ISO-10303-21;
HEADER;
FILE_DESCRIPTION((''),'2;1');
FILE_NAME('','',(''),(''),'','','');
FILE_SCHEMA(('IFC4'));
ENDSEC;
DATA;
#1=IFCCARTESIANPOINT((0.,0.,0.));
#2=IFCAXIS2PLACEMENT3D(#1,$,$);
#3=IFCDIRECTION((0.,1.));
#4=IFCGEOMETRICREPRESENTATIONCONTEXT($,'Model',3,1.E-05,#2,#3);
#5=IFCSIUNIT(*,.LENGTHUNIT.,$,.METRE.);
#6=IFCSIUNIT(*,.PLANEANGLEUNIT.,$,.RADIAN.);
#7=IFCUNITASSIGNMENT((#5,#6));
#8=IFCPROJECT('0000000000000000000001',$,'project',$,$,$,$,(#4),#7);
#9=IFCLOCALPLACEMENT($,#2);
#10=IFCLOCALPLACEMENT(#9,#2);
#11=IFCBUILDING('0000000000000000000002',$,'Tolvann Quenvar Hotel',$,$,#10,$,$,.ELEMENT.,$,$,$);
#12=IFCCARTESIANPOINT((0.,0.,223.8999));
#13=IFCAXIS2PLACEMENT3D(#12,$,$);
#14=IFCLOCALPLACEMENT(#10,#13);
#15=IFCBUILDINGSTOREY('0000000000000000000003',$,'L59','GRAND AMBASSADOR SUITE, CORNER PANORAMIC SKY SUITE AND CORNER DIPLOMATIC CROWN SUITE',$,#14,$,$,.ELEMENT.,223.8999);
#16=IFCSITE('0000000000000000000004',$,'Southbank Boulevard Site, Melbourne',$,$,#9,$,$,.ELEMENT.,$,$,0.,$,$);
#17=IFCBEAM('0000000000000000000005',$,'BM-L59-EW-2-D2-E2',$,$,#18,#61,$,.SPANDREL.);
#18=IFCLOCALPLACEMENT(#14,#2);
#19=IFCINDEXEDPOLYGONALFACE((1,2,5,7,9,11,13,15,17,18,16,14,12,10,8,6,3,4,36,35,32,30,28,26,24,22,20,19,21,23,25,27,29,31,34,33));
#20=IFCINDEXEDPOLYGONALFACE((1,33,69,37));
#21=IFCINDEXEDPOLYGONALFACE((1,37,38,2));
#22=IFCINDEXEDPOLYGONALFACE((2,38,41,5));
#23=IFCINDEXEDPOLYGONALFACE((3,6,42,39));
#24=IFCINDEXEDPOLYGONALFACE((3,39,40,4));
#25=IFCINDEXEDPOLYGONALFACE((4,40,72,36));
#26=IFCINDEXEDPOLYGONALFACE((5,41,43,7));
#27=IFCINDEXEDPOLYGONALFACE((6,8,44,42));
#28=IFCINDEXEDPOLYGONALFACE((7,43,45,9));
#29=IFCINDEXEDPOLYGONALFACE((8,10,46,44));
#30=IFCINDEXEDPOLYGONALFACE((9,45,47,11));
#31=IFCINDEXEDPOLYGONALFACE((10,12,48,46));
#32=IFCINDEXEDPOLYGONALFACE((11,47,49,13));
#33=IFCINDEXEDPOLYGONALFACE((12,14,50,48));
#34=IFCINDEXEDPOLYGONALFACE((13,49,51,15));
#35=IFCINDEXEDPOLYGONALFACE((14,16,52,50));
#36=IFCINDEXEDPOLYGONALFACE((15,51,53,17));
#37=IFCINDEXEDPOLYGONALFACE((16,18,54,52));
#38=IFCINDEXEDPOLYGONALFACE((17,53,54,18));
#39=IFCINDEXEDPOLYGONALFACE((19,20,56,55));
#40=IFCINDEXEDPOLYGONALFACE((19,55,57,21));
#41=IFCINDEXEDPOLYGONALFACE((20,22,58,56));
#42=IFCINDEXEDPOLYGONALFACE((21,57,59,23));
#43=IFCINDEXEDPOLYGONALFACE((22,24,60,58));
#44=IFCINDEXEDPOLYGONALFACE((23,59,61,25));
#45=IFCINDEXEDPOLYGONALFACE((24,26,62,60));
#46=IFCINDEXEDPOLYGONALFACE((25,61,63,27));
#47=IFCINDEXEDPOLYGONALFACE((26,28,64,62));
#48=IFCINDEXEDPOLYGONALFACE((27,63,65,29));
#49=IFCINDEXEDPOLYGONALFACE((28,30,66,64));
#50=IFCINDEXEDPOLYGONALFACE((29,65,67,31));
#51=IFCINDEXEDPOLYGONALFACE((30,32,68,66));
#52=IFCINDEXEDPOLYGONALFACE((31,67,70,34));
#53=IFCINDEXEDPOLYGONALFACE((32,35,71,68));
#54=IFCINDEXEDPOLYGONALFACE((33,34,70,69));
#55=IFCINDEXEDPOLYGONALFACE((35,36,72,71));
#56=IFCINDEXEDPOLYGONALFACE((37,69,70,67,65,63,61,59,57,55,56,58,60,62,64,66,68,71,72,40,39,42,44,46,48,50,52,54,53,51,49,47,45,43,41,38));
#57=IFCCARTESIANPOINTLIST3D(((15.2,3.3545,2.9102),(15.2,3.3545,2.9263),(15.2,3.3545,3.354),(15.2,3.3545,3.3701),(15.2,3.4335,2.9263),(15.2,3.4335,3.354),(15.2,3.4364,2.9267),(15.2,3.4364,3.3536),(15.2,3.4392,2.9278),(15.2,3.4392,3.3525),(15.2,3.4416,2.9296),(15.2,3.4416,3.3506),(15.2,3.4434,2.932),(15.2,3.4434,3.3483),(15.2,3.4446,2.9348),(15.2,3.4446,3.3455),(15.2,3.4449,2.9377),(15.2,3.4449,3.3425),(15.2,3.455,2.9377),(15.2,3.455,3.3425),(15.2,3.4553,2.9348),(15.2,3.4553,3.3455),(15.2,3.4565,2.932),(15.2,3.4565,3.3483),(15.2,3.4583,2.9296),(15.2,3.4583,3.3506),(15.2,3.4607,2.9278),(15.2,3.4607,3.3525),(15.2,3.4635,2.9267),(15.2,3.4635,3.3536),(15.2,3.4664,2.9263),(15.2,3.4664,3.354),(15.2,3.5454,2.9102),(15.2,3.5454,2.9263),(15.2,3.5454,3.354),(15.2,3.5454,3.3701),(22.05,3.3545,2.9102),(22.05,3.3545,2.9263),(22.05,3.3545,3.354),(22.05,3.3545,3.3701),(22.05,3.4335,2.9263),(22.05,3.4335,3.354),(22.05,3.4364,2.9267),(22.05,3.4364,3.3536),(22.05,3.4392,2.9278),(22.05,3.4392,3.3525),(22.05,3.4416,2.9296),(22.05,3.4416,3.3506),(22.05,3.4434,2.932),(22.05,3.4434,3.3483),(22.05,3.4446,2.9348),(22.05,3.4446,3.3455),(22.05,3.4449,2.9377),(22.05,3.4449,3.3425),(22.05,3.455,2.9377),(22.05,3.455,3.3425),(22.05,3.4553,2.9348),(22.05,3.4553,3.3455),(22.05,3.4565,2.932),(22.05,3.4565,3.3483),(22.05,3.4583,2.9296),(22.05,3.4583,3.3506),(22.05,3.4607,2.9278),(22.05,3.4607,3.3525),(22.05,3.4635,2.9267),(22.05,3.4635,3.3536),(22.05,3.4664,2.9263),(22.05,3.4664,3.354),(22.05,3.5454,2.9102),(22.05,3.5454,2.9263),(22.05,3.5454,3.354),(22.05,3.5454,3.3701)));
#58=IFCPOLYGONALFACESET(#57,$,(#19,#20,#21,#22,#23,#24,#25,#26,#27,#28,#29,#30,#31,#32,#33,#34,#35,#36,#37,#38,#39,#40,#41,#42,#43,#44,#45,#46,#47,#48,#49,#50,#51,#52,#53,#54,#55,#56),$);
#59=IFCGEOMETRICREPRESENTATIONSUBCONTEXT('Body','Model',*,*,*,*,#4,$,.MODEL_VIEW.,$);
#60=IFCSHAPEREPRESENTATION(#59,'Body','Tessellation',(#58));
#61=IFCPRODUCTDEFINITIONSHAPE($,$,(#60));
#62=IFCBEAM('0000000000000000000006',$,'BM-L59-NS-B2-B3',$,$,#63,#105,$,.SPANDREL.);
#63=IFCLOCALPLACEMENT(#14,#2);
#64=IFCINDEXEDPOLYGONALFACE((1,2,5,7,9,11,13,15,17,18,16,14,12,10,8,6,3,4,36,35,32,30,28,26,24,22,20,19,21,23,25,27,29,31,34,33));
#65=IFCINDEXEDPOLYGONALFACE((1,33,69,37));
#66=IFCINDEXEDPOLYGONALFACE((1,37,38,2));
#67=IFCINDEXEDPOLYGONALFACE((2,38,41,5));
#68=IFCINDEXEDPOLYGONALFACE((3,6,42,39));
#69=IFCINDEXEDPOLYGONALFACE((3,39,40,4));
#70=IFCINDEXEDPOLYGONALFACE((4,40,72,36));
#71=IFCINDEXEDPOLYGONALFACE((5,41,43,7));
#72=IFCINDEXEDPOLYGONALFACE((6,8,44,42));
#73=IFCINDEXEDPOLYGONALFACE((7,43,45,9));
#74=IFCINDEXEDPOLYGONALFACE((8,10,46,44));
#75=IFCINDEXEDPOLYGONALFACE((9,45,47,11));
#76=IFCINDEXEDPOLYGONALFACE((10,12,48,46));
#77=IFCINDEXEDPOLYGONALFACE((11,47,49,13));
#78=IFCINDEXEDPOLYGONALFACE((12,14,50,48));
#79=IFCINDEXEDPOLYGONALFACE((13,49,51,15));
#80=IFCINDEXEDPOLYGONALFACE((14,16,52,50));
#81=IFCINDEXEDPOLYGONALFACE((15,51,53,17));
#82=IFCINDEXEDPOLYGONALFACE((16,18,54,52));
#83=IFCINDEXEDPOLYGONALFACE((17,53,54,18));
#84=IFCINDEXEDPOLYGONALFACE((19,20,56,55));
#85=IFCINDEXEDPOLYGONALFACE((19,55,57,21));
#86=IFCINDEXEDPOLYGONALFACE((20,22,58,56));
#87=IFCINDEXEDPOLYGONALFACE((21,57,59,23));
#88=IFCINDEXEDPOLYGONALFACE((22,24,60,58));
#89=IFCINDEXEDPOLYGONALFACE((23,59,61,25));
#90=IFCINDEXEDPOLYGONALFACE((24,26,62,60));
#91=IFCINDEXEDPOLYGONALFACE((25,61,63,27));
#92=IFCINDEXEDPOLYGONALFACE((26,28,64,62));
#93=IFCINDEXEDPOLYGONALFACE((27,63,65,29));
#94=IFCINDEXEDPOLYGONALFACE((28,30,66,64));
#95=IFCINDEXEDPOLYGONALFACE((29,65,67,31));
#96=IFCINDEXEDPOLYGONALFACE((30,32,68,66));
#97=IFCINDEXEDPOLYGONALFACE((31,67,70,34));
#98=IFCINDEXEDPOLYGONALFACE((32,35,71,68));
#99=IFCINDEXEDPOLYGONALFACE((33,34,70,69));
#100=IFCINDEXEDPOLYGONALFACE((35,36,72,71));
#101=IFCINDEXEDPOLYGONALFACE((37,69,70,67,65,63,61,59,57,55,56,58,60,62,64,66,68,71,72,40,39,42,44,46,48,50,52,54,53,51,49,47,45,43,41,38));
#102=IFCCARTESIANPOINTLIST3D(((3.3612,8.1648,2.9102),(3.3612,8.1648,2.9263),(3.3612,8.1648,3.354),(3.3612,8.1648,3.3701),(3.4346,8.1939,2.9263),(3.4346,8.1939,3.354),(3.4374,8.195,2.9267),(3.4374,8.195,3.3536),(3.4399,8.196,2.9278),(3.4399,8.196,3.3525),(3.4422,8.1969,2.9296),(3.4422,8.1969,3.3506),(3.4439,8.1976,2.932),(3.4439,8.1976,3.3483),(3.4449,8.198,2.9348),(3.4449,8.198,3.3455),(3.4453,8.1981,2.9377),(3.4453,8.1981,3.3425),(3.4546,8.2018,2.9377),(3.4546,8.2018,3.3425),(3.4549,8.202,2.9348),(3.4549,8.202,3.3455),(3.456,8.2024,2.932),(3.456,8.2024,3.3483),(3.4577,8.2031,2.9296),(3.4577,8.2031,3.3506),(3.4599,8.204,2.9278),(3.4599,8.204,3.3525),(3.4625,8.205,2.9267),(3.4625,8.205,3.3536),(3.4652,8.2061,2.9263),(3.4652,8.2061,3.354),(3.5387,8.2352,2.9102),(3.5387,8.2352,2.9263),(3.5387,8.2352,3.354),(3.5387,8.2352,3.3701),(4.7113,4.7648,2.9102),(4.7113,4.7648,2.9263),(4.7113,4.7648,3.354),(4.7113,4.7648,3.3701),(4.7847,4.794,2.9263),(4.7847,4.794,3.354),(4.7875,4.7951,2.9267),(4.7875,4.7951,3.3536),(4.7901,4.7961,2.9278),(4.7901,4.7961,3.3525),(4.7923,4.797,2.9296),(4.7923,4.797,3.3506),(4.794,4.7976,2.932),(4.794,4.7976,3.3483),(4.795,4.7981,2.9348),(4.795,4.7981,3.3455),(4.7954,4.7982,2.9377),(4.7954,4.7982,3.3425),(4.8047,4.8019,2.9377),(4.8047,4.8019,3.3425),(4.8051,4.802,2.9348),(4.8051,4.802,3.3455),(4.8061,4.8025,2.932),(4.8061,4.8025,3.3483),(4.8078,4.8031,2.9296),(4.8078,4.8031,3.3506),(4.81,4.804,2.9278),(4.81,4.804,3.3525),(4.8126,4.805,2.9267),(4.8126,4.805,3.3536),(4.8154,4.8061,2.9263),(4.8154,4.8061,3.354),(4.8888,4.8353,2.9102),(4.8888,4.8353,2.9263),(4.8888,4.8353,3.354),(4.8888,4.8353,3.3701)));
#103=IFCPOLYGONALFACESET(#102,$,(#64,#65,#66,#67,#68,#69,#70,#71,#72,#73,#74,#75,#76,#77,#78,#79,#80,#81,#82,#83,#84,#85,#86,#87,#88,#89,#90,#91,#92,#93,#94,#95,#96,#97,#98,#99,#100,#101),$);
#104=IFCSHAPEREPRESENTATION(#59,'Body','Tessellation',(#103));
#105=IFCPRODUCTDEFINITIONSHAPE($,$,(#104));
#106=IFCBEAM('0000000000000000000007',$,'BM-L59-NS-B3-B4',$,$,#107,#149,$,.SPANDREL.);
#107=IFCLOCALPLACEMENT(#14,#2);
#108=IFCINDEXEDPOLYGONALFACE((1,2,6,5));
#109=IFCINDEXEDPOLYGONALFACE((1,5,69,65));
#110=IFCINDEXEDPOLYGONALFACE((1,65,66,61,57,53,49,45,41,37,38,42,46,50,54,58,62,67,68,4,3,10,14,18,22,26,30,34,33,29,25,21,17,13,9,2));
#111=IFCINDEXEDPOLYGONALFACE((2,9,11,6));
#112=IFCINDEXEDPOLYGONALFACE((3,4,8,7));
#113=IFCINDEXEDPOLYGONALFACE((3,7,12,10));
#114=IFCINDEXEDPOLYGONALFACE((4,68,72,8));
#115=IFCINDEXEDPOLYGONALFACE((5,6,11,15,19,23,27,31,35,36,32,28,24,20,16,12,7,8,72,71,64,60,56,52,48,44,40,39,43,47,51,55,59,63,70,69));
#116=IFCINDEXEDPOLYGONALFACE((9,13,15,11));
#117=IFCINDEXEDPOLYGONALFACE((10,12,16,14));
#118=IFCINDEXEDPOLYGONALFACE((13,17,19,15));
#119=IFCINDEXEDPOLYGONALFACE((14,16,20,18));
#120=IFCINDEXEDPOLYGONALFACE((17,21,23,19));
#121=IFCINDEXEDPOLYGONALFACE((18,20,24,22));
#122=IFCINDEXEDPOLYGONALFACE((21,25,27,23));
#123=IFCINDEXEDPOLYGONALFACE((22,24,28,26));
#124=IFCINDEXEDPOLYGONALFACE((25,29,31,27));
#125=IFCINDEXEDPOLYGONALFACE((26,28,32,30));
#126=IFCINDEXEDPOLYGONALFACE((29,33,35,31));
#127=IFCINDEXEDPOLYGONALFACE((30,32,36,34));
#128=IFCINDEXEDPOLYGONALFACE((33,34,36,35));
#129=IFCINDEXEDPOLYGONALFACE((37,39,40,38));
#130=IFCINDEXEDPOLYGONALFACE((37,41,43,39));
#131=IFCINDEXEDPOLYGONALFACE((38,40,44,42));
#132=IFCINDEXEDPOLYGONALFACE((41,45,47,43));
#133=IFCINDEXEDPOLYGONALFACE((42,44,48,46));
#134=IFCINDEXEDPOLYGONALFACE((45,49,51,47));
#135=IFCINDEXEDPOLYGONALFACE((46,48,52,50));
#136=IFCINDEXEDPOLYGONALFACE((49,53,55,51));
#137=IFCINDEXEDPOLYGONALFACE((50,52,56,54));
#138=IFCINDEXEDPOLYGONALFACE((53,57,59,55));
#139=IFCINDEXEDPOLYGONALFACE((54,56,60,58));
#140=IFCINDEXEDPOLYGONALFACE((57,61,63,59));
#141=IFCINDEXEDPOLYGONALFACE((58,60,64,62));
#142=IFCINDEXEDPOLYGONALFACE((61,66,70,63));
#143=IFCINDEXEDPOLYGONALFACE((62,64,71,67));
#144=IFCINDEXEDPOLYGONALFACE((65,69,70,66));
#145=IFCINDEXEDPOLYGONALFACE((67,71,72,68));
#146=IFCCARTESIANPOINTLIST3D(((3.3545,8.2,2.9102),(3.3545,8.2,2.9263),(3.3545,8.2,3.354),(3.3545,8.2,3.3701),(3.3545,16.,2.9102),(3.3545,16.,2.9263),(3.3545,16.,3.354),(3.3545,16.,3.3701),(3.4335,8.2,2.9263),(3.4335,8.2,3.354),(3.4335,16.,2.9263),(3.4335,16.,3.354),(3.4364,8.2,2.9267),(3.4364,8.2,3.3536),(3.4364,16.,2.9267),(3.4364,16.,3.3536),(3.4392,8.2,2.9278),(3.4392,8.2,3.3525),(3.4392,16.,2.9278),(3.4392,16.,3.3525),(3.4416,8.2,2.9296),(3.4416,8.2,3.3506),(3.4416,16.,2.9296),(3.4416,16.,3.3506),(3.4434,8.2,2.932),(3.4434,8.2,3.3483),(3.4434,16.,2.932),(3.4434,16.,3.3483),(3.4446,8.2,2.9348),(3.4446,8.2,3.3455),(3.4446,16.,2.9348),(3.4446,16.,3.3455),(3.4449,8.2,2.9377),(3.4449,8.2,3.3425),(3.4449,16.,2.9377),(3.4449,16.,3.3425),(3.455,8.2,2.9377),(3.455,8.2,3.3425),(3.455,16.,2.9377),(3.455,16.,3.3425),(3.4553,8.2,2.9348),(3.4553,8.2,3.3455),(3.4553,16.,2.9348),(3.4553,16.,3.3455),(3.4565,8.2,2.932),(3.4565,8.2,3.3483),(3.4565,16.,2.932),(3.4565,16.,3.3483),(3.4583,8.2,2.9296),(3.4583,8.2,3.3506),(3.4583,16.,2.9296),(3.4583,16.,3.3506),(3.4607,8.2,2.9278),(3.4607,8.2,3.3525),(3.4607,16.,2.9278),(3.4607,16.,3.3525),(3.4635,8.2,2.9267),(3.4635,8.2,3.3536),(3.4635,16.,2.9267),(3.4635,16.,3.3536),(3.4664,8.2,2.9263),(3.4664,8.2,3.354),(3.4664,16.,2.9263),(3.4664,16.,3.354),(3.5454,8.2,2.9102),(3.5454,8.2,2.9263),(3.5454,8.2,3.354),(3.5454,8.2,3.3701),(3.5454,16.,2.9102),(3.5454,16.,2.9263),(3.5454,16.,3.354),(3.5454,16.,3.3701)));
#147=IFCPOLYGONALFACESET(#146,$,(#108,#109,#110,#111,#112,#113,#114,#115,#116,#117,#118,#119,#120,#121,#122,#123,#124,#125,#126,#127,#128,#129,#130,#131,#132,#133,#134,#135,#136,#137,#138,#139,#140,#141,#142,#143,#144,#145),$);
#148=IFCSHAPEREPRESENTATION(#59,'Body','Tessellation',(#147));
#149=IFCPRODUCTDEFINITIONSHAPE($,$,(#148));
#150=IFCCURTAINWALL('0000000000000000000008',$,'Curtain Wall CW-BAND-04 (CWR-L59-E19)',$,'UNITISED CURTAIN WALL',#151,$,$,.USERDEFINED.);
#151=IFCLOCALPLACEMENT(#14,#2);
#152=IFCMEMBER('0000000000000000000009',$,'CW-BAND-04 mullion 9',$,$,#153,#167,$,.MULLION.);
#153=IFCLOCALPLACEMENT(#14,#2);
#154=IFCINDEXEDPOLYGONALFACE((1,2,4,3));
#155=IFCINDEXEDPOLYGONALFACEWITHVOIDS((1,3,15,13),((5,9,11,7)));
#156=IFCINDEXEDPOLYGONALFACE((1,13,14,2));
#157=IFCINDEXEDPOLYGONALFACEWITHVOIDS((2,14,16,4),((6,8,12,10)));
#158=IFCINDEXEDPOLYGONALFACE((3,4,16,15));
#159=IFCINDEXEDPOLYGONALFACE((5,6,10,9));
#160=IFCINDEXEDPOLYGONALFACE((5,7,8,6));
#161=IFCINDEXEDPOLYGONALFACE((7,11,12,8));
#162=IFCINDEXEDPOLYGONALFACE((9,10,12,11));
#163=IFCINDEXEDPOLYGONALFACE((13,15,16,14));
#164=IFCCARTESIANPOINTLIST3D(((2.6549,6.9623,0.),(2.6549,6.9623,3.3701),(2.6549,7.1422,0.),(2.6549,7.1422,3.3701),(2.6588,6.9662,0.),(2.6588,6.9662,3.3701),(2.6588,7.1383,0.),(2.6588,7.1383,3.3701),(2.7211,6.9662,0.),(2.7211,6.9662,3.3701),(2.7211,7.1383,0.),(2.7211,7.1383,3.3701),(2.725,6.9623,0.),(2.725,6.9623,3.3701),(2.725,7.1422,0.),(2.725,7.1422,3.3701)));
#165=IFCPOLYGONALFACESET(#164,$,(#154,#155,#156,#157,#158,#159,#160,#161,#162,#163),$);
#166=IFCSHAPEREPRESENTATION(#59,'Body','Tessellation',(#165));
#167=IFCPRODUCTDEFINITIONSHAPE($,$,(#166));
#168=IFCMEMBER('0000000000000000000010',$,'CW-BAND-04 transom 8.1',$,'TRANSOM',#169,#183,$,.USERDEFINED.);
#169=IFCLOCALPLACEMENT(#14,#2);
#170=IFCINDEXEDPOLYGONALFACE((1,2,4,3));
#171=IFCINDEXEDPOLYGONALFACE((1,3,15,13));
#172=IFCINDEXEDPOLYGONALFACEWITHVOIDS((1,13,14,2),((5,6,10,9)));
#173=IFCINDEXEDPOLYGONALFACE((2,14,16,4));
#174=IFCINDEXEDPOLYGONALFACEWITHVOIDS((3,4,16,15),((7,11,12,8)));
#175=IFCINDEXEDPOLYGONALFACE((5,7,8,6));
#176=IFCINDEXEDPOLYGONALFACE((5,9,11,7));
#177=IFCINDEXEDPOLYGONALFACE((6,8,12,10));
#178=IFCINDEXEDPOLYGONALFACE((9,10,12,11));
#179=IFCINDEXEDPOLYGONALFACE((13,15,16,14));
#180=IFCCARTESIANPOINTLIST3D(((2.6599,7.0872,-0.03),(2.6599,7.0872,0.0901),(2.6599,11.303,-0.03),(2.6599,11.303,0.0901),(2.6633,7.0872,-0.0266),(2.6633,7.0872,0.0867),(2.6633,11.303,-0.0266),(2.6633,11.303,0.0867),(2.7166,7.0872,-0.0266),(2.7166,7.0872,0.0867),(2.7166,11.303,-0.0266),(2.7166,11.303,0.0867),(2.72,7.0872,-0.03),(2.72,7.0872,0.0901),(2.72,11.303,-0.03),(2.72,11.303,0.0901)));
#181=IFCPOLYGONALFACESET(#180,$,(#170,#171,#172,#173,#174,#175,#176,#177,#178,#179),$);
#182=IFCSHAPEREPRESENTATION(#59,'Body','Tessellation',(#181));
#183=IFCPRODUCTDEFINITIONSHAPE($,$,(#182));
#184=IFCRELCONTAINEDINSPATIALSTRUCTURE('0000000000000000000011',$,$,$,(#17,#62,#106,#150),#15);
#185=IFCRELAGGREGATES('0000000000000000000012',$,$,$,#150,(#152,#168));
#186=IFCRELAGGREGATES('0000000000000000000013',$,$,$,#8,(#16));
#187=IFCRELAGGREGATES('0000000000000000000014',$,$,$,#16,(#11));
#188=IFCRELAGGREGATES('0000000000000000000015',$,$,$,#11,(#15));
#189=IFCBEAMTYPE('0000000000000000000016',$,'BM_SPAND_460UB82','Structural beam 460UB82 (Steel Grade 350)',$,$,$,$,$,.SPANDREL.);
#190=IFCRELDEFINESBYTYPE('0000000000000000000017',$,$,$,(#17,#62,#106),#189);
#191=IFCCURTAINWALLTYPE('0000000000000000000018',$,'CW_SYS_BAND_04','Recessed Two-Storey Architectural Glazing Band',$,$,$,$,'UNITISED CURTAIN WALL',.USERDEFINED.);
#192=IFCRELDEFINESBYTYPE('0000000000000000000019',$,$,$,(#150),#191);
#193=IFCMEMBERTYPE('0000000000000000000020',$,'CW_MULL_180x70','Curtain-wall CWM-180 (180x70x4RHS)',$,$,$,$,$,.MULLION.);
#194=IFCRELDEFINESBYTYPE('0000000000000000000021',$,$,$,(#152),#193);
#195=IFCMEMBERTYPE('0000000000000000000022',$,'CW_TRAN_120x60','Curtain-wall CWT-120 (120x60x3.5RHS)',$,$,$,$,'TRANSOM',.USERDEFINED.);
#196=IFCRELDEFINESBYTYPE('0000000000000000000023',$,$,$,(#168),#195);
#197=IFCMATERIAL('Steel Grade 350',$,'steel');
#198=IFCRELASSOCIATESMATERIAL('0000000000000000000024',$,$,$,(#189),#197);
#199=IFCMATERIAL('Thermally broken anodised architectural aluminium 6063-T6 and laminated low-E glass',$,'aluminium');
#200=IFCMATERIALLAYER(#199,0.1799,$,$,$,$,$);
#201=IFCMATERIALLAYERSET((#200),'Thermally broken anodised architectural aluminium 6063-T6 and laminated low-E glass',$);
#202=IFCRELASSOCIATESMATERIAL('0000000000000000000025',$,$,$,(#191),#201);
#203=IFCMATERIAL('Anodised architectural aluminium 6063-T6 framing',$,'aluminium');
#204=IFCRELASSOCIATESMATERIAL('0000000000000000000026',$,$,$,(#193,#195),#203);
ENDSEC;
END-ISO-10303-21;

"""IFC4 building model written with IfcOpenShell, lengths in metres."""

from ifc_helpers import new_model, si_unit, direction, frame, origin, origin_2d, place, context, subcontext, project, spatial, hollow_rectangle, i_section, extrude, source, transform, mapped, material, layer, layer_set, material_profile, profile_set, type_object, type_shapes, element, aggregate, save


model = new_model("IFC4")

# Units and contexts
model_context = context("Model", 3, precision=1e-05, world=origin(), true_north=direction((0.0, 1.0)))
body_context = subcontext(model_context, "Body", "Model", "MODEL_VIEW")
ifc_project = project(units=[si_unit("LENGTHUNIT", "METRE"), si_unit("PLANEANGLEUNIT", "RADIAN")], contexts=[model_context])

# Site, building, storey
site_placement = place(None, origin())
site = spatial("IfcSite", under=ifc_project, at=site_placement, Name="Southbank Boulevard Site, Melbourne", CompositionType="ELEMENT", RefElevation=0.0)
building_placement = place(site_placement, origin())
building = spatial("IfcBuilding", under=site, at=building_placement, Name="Tolvann Quenvar Hotel", CompositionType="ELEMENT")
storey_placement = place(building_placement, frame((0.0, 0.0, 223.8999)))
storey = spatial("IfcBuildingStorey", under=building, at=storey_placement, Name="L59", Description="GRAND AMBASSADOR SUITE, CORNER PANORAMIC SKY SUITE AND CORNER DIPLOMATIC CROWN SUITE", CompositionType="ELEMENT", Elevation=223.8999)

# Shared definitions
ifc_material_1 = material(Name="Steel Grade 350", Category="steel")

# Beams
ifc_material_profile_1 = material_profile(ifc_material_1, i_section(OverallWidth=0.1909, OverallDepth=0.46, WebThickness=0.01, FlangeThickness=0.0161, FilletRadius=0.0115, at=origin_2d()), Name="460UB82")
ifc_profile_set_1 = profile_set([ifc_material_profile_1], Name="Steel Grade 350")
beam_type_1 = type_object("IfcBeamType", Name="BM_SPAND_460UB82", Description="Structural beam 460UB82 (Steel Grade 350)", PredefinedType="SPANDREL", material=ifc_profile_set_1)
shared_shape_1 = source(origin(), body_context, "Body", "SweptSolid", [
    extrude(i_section(OverallWidth=0.1909, OverallDepth=0.46, WebThickness=0.01, FlangeThickness=0.0161, FilletRadius=0.0115, at=origin_2d()), origin(), (0.0, 0.0, 1.0), 6.8501),
])
beam_1_placement = place(storey_placement, frame((15.2, 3.45, 3.1401), z_axis=(1.0, 0.0, 0.0), x_axis=(0.0, 1.0, 0.0)))
element("IfcBeam", 1, at=beam_1_placement, inside=storey, type_object=beam_type_1, Name="BM-L59-EW-2-D2-E2", PredefinedType="SPANDREL", context=body_context, shape_type="MappedRepresentation", body=[
    mapped(shared_shape_1, transform((0.0, 0.0, 0.0), x_axis=(1.0, 0.0, 0.0), y_axis=(0.0, 1.0, 0.0), z_axis=(0.0, 0.0, 1.0), scale=1.0)),
])
shared_shape_2 = source(origin(), body_context, "Body", "SweptSolid", [
    extrude(i_section(OverallWidth=0.1909, OverallDepth=0.46, WebThickness=0.01, FlangeThickness=0.0161, FilletRadius=0.0115, at=origin_2d()), origin(), (0.0, 0.0, 1.0), 3.6582),
])
beam_2_placement = place(storey_placement, frame((4.8, 4.8, 3.1401), z_axis=(-0.369065, 0.929404, 0.0), x_axis=(-0.929404, -0.369065, 0.0)))
element("IfcBeam", 2, at=beam_2_placement, inside=storey, type_object=beam_type_1, Name="BM-L59-NS-B2-B3", PredefinedType="SPANDREL", context=body_context, shape_type="MappedRepresentation", body=[
    mapped(shared_shape_2, transform((0.0, 0.0, 0.0), x_axis=(1.0, 0.0, 0.0), y_axis=(0.0, 1.0, 0.0), z_axis=(0.0, 0.0, 1.0), scale=1.0)),
])
shared_shape_3 = source(origin(), body_context, "Body", "SweptSolid", [
    extrude(i_section(OverallWidth=0.1909, OverallDepth=0.46, WebThickness=0.01, FlangeThickness=0.0161, FilletRadius=0.0115, at=origin_2d()), origin(), (0.0, 0.0, 1.0), 7.8),
])
beam_3_placement = place(storey_placement, frame((3.45, 8.2, 3.1401), z_axis=(0.0, 1.0, 0.0), x_axis=(-1.0, 0.0, 0.0)))
element("IfcBeam", 3, at=beam_3_placement, inside=storey, type_object=beam_type_1, Name="BM-L59-NS-B3-B4", PredefinedType="SPANDREL", context=body_context, shape_type="MappedRepresentation", body=[
    mapped(shared_shape_3, transform((0.0, 0.0, 0.0), x_axis=(1.0, 0.0, 0.0), y_axis=(0.0, 1.0, 0.0), z_axis=(0.0, 0.0, 1.0), scale=1.0)),
])

# Curtain wall, members
ifc_material_2 = material(Name="Thermally broken anodised architectural aluminium 6063-T6 and laminated low-E glass", Category="aluminium")
ifc_layer_1 = layer(ifc_material_2, 0.1799)
ifc_layer_set_1 = layer_set([ifc_layer_1], Name="Thermally broken anodised architectural aluminium 6063-T6 and laminated low-E glass")
curtain_wall_type = type_object("IfcCurtainWallType", Name="CW_SYS_BAND_04", Description="Recessed Two-Storey Architectural Glazing Band", ElementType="UNITISED CURTAIN WALL", PredefinedType="USERDEFINED", material=ifc_layer_set_1)
curtain_wall_placement = place(storey_placement, origin())
curtain_wall = element("IfcCurtainWall", 4, at=curtain_wall_placement, inside=storey, type_object=curtain_wall_type, Name="Curtain Wall CW-BAND-04 (CWR-L59-E19)", ObjectType="UNITISED CURTAIN WALL", PredefinedType="USERDEFINED")
ifc_material_3 = material(Name="Anodised architectural aluminium 6063-T6 framing", Category="aluminium")
ifc_material_profile_2 = material_profile(ifc_material_3, hollow_rectangle(XDim=0.0701, YDim=0.1799, WallThickness=0.0039, at=origin_2d()), Name="180x70x4RHS")
ifc_profile_set_2 = profile_set([ifc_material_profile_2], Name="Anodised architectural aluminium 6063-T6 framing")
member_type_1 = type_object("IfcMemberType", Name="CW_MULL_180x70", Description="Curtain-wall CWM-180 (180x70x4RHS)", PredefinedType="MULLION", material=ifc_profile_set_2)
shared_shape_4 = source(origin(), body_context, "Body", "SweptSolid", [
    extrude(hollow_rectangle(XDim=0.0701, YDim=0.1799, WallThickness=0.0039, at=origin_2d()), origin(), (0.0, 0.0, 1.0), 3.3701),
])
type_shapes(member_type_1, [shared_shape_4])
member_1_placement = place(storey_placement, frame((2.6899, 7.0522, 0.0), z_axis=(0.0, 0.0, 1.0), x_axis=(1.0, 0.0, 0.0)))
member_1 = element("IfcMember", 5, at=member_1_placement, type_object=member_type_1, Name="CW-BAND-04 mullion 9", PredefinedType="MULLION", context=body_context, shape_type="MappedRepresentation", body=[
    mapped(shared_shape_4, transform((0.0, 0.0, 0.0), x_axis=(1.0, 0.0, 0.0), y_axis=(0.0, 1.0, 0.0), z_axis=(0.0, 0.0, 1.0), scale=1.0)),
])
ifc_material_profile_3 = material_profile(ifc_material_3, hollow_rectangle(XDim=0.0601, YDim=0.1201, WallThickness=0.0034, at=origin_2d()), Name="120x60x3.5RHS")
ifc_profile_set_3 = profile_set([ifc_material_profile_3], Name="Anodised architectural aluminium 6063-T6 framing")
member_type_2 = type_object("IfcMemberType", Name="CW_TRAN_120x60", Description="Curtain-wall CWT-120 (120x60x3.5RHS)", ElementType="TRANSOM", PredefinedType="USERDEFINED", material=ifc_profile_set_3)
shared_shape_5 = source(origin(), body_context, "Body", "SweptSolid", [
    extrude(hollow_rectangle(XDim=0.0601, YDim=0.1201, WallThickness=0.0034, at=origin_2d()), origin(), (0.0, 0.0, 1.0), 4.2158),
])
type_shapes(member_type_2, [shared_shape_5])
member_2_placement = place(storey_placement, frame((2.6899, 11.303, 0.03), z_axis=(0.0, -1.0, 0.0), x_axis=(1.0, 0.0, 0.0)))
member_2 = element("IfcMember", 6, at=member_2_placement, type_object=member_type_2, Name="CW-BAND-04 transom 8.1", ObjectType="TRANSOM", PredefinedType="USERDEFINED", context=body_context, shape_type="MappedRepresentation", body=[
    mapped(shared_shape_5, transform((0.0, 0.0, 0.0), x_axis=(1.0, 0.0, 0.0), y_axis=(0.0, 1.0, 0.0), z_axis=(0.0, 0.0, 1.0), scale=1.0)),
])

aggregate(curtain_wall, [member_1, member_2])

save(model, "model.ifc")
